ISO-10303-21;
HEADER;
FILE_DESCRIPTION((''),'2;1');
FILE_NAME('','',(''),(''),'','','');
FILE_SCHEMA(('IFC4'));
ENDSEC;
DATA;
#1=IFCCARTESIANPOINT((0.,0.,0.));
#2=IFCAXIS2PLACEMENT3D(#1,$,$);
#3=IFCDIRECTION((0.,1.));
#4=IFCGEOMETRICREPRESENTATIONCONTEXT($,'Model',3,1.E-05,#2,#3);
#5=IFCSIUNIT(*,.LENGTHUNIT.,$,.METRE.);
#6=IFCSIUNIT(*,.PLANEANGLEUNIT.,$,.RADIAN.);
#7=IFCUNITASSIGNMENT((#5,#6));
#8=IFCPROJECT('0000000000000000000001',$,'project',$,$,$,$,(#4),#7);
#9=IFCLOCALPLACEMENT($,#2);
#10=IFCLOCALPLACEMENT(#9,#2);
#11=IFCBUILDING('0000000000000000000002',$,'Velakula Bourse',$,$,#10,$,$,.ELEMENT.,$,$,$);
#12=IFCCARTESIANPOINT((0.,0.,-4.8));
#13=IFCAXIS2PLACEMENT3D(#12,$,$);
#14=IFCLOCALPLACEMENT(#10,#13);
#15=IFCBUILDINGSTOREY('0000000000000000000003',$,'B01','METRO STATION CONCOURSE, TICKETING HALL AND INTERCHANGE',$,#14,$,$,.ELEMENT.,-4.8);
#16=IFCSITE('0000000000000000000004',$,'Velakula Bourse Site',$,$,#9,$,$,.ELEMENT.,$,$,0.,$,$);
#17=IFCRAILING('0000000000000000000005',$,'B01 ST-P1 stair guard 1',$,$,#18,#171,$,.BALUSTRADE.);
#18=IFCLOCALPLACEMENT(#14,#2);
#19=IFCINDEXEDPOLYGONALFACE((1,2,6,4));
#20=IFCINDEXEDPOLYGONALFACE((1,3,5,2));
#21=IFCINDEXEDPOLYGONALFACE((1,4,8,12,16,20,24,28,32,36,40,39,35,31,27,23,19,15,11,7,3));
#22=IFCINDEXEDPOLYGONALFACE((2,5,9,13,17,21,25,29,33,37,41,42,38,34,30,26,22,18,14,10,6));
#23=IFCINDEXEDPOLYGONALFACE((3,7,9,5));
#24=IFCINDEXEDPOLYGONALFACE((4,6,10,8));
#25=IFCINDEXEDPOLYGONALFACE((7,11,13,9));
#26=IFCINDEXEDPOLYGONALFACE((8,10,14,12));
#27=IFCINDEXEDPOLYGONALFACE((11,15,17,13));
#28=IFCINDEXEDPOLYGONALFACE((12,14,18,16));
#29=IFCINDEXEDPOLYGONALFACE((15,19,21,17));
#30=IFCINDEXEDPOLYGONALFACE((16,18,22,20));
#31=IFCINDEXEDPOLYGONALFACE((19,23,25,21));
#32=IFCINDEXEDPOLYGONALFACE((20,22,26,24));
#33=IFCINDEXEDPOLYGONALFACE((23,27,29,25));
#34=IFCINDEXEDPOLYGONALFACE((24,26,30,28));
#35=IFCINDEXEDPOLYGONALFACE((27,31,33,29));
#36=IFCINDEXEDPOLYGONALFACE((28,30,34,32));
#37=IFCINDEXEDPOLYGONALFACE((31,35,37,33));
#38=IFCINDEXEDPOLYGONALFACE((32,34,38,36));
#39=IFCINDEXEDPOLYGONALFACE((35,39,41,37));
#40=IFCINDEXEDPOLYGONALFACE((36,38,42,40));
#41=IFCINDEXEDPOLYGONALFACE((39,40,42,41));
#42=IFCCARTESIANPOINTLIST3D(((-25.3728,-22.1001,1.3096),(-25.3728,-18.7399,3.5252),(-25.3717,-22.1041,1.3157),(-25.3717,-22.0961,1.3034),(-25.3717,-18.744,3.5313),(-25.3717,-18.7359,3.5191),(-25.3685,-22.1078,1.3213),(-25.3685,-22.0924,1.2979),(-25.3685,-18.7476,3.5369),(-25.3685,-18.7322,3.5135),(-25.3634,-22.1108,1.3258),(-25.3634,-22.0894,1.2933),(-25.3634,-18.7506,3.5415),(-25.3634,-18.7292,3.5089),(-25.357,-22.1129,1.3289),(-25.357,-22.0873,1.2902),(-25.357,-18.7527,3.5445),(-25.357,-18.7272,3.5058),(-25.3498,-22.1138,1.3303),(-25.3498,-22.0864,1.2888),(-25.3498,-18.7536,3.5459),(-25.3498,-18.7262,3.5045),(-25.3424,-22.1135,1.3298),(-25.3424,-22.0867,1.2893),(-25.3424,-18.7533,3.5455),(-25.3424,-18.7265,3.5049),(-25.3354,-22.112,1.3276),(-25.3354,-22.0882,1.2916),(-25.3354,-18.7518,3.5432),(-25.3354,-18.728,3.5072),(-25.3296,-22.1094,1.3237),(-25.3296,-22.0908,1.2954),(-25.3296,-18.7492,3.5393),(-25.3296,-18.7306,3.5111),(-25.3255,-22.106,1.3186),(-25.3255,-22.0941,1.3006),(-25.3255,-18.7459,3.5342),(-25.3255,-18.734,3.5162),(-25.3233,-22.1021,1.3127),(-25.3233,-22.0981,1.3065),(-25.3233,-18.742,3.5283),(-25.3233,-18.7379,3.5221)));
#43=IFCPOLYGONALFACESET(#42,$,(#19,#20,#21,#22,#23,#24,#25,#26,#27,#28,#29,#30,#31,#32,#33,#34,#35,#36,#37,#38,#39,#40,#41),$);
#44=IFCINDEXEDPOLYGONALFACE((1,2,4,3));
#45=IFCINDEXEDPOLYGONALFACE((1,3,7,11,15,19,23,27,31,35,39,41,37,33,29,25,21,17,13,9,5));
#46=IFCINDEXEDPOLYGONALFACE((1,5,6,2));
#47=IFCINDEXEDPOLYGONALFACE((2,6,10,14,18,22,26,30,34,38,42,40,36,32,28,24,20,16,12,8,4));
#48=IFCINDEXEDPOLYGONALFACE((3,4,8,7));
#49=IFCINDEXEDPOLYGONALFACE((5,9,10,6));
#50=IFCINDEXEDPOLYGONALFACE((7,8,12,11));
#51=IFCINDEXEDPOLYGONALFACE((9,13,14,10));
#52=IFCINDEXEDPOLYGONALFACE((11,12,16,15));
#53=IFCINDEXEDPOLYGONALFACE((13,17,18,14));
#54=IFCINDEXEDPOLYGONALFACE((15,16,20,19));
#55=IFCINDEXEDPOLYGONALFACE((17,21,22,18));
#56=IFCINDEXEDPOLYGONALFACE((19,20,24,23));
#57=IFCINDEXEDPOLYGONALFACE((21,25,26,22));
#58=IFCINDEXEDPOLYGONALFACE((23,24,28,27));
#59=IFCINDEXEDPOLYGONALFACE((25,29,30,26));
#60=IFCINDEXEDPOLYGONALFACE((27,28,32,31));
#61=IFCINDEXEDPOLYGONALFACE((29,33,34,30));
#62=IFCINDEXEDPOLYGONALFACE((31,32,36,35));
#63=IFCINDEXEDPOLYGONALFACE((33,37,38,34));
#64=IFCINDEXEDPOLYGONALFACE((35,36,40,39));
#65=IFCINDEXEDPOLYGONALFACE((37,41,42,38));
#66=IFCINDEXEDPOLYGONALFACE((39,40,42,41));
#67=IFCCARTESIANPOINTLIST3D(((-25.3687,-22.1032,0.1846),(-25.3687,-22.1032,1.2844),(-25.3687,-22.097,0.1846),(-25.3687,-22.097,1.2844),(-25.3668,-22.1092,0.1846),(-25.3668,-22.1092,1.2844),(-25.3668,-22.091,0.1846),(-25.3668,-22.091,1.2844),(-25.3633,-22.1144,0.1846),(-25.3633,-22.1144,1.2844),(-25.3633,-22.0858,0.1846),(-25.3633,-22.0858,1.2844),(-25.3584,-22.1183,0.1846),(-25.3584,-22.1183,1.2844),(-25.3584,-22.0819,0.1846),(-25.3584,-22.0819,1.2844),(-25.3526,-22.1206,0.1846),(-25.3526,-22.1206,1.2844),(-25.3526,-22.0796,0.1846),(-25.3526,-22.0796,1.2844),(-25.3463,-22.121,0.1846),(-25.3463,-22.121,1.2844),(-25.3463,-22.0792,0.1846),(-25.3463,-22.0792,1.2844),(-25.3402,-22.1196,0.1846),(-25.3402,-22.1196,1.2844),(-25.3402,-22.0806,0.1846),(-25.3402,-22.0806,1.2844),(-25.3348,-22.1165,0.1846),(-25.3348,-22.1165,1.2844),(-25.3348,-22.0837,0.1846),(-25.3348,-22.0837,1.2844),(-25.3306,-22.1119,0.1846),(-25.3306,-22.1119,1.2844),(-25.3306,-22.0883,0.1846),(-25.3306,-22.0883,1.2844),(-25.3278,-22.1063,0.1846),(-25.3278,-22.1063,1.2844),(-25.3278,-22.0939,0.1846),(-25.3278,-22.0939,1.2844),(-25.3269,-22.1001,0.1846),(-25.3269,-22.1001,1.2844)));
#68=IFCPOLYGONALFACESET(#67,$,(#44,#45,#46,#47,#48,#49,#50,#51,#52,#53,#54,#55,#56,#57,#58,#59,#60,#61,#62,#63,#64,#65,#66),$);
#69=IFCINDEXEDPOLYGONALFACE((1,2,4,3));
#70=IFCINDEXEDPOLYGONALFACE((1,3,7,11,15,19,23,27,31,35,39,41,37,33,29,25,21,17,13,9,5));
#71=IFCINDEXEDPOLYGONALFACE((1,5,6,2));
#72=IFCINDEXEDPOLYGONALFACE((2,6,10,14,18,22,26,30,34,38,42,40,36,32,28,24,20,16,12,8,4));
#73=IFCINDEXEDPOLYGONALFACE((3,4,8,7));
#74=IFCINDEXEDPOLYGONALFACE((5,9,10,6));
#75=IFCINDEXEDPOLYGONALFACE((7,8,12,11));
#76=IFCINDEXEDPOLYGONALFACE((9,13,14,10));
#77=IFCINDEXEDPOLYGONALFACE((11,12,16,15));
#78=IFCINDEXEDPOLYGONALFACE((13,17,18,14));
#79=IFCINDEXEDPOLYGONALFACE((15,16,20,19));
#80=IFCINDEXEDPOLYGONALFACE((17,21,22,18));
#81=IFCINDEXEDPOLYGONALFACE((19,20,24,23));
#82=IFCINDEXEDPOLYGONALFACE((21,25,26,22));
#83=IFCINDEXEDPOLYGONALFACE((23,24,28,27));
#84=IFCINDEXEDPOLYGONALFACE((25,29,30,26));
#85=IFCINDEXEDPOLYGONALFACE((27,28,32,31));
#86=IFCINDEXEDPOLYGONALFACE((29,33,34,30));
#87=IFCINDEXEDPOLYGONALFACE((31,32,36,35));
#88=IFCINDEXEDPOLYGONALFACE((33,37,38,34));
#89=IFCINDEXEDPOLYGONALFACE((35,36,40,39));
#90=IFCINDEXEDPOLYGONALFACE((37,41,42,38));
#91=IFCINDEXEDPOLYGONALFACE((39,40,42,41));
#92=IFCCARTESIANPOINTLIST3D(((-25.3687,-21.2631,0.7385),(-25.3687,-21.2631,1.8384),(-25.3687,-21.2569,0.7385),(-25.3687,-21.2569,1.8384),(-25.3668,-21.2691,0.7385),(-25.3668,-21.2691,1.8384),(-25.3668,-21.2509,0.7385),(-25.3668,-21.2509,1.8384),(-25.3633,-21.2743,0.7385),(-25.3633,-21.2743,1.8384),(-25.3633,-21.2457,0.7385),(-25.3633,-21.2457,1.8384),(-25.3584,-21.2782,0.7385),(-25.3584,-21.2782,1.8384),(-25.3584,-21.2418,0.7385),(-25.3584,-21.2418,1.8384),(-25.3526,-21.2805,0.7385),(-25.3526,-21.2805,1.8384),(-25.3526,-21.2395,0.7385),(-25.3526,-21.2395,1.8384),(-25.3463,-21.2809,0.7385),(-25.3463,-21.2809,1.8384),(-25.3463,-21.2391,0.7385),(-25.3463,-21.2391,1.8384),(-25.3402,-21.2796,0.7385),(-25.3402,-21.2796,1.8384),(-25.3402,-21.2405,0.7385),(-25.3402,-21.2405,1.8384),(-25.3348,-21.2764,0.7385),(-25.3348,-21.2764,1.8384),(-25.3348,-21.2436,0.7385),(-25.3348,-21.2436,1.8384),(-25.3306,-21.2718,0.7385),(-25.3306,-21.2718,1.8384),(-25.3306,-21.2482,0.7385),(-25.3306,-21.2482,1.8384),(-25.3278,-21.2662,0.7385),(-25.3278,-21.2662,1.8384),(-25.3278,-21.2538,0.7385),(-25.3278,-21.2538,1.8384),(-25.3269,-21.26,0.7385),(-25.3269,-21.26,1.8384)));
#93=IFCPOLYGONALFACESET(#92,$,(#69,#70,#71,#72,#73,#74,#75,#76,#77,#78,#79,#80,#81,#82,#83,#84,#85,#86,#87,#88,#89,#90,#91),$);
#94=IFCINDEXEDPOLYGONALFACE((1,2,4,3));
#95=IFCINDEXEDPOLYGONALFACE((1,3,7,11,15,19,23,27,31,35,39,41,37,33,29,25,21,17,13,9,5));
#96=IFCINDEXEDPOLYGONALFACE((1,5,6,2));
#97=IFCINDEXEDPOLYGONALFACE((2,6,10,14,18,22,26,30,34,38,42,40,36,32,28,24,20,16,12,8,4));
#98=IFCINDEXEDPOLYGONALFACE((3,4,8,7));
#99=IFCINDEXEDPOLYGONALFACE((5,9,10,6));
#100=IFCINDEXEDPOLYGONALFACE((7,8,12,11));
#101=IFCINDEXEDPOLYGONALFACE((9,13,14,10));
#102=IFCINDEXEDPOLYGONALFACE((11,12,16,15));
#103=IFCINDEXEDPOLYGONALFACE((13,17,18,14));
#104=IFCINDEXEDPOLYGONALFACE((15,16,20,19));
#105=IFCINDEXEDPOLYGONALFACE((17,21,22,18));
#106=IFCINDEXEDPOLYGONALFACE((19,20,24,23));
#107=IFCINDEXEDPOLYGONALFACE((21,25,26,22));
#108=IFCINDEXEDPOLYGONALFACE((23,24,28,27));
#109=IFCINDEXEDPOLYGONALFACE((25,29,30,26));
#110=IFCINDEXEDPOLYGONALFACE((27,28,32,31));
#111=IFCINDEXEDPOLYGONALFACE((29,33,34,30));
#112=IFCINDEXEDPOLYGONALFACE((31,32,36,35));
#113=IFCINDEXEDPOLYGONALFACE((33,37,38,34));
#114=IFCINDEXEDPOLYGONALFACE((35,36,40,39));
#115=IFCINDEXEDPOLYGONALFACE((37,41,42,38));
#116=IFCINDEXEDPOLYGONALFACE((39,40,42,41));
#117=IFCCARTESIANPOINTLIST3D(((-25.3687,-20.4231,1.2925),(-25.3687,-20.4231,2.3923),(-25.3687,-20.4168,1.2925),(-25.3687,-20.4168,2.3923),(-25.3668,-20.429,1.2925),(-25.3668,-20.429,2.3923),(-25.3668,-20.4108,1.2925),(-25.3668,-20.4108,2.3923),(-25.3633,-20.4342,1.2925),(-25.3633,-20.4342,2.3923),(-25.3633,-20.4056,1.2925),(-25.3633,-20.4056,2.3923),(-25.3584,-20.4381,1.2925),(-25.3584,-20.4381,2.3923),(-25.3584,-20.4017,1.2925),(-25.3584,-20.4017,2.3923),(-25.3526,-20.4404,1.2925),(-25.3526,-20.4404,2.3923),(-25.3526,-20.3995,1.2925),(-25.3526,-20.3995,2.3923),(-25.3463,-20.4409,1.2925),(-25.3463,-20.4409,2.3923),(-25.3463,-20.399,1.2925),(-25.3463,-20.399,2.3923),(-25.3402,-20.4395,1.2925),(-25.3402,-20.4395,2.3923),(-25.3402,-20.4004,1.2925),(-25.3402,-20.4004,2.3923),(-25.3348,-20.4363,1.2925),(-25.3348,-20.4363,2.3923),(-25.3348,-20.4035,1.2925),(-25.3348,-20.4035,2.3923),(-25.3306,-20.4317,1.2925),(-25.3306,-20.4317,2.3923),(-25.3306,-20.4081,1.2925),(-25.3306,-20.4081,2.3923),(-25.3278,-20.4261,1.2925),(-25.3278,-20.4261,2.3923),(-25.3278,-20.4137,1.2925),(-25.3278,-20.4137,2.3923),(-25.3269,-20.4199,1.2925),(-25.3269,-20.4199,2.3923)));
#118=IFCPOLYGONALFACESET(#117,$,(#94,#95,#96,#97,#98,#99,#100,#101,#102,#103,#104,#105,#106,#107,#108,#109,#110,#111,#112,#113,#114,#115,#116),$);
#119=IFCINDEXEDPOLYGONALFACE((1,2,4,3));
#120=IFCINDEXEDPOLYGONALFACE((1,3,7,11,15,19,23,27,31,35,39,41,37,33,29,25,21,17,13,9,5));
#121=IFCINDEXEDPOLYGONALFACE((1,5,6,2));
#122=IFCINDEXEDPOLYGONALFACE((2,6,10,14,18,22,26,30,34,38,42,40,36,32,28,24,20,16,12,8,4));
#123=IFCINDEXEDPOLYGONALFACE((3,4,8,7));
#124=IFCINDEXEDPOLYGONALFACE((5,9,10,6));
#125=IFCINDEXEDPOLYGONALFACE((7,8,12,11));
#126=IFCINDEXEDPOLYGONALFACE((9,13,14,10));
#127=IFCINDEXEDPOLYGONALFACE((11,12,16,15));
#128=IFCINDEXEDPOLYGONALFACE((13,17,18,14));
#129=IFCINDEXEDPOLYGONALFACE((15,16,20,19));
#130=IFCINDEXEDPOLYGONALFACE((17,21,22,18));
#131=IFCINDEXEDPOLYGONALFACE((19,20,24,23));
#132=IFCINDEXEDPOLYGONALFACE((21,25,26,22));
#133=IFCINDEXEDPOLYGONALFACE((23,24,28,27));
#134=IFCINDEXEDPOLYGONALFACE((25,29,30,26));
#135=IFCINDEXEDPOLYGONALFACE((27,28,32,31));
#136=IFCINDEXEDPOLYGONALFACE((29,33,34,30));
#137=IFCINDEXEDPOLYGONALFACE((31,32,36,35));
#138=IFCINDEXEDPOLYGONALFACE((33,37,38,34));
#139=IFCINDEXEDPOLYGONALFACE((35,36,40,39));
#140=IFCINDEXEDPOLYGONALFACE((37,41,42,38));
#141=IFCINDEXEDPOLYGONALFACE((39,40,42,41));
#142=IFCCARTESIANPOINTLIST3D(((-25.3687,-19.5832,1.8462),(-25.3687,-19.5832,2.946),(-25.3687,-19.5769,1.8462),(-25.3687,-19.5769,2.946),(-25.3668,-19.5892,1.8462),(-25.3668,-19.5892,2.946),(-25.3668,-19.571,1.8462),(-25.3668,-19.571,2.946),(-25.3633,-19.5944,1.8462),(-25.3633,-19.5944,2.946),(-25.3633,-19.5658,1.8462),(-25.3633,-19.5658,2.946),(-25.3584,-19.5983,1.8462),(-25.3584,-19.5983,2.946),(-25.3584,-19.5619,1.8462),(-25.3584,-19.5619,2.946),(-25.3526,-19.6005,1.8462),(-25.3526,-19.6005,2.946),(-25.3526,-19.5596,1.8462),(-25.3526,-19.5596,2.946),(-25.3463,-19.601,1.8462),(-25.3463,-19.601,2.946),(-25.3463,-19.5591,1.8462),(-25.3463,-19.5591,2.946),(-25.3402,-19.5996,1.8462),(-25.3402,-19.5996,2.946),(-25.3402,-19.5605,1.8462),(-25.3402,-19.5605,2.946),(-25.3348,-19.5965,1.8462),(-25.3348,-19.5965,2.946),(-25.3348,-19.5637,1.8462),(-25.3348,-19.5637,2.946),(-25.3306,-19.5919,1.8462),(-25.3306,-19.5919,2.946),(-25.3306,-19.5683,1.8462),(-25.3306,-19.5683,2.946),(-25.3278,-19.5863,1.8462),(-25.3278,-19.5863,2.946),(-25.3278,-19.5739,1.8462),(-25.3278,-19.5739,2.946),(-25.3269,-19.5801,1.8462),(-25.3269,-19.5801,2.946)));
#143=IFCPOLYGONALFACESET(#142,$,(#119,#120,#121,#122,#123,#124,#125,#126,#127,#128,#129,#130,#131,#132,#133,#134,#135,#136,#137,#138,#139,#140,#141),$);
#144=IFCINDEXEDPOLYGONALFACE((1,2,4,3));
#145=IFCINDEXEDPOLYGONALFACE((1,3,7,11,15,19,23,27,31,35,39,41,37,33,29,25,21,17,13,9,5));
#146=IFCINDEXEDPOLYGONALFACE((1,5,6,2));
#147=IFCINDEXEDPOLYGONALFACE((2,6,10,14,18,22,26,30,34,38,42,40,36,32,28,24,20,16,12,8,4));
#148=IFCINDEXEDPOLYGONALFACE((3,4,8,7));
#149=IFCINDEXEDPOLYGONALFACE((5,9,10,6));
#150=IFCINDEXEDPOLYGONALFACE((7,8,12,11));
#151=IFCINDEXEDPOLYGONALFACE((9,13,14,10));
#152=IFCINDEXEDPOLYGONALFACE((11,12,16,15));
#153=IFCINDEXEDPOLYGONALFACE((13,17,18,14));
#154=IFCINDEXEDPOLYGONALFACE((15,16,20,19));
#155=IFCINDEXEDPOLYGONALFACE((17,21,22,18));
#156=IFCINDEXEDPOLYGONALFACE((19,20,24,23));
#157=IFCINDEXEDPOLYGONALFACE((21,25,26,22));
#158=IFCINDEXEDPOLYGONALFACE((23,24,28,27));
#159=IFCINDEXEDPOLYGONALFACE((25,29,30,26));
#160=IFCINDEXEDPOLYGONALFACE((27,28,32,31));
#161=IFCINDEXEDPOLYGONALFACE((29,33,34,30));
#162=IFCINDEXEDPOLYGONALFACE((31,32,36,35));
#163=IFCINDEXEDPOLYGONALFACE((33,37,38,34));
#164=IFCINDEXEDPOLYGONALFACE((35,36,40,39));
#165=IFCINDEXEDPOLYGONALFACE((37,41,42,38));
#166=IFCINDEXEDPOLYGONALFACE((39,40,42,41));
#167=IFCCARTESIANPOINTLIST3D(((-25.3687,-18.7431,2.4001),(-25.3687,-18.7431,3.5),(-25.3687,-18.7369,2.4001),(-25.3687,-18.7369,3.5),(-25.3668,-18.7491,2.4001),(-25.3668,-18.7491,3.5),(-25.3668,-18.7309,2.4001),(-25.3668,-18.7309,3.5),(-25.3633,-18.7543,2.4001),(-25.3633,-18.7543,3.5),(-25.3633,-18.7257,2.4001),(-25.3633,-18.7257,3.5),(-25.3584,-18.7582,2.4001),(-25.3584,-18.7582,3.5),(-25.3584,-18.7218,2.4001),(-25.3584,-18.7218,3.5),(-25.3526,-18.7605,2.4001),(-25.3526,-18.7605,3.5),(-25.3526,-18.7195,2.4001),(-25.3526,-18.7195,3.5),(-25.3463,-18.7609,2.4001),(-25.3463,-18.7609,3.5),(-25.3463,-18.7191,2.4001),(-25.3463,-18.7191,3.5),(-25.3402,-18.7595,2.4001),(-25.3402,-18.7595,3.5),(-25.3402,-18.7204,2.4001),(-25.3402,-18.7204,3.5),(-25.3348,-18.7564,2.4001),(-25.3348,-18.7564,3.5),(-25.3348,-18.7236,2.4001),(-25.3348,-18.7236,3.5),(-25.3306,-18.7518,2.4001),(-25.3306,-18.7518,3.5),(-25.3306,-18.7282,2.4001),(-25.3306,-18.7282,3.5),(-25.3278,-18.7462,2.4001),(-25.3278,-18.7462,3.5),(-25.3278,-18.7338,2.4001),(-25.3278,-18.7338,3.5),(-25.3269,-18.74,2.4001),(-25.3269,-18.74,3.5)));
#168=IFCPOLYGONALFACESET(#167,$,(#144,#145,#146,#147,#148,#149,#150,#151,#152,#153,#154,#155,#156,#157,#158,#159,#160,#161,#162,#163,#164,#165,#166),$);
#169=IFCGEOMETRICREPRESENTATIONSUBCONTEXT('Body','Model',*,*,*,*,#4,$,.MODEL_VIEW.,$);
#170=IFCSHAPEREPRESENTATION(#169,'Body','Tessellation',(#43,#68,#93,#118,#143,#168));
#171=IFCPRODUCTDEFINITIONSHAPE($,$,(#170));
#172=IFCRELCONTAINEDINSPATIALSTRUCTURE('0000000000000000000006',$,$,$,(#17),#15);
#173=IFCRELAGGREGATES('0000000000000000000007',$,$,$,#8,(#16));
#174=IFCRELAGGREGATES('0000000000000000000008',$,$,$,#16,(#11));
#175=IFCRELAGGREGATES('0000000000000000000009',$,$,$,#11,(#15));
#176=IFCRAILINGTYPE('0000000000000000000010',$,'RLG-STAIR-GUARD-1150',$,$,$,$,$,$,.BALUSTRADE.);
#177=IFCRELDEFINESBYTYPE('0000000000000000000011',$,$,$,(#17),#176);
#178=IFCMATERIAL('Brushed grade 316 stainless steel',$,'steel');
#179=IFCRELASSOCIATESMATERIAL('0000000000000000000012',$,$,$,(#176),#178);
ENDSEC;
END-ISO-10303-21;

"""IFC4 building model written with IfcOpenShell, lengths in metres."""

from ifc_helpers import new_model, si_unit, direction, frame, origin, origin_2d, place, context, subcontext, project, spatial, circle, extrude, material, type_object, element, save


model = new_model("IFC4")

# Units and contexts
model_context = context("Model", 3, precision=1e-05, world=origin(), true_north=direction((0.0, 1.0)))
body_context = subcontext(model_context, "Body", "Model", "MODEL_VIEW")
ifc_project = project(units=[si_unit("LENGTHUNIT", "METRE"), si_unit("PLANEANGLEUNIT", "RADIAN")], contexts=[model_context])

# Site, building, storey
site_placement = place(None, origin())
site = spatial("IfcSite", under=ifc_project, at=site_placement, Name="Velakula Bourse Site", CompositionType="ELEMENT", RefElevation=0.0)
building_placement = place(site_placement, origin())
building = spatial("IfcBuilding", under=site, at=building_placement, Name="Velakula Bourse", CompositionType="ELEMENT")
storey_placement = place(building_placement, frame((0.0, 0.0, -4.8)))
storey = spatial("IfcBuildingStorey", under=building, at=storey_placement, Name="B01", Description="METRO STATION CONCOURSE, TICKETING HALL AND INTERCHANGE", CompositionType="ELEMENT", Elevation=-4.8)

# Railing
ifc_material_1 = material(Name="Brushed grade 316 stainless steel", Category="steel")
railing_type = type_object("IfcRailingType", Name="RLG-STAIR-GUARD-1150", PredefinedType="BALUSTRADE", material=ifc_material_1)
railing_1_placement = place(storey_placement, frame((-25.3479, -22.1001, 0.1846)))
element("IfcRailing", 1, at=railing_1_placement, inside=storey, type_object=railing_type, Name="B01 ST-P1 stair guard 1", PredefinedType="BALUSTRADE", context=body_context, shape_type="SweptSolid", body=[
    extrude(circle(Radius=0.0249, at=origin_2d()), frame((0.0, 0.0, 1.125), z_axis=(0.0, 0.834849, 0.55048), x_axis=(-1.0, 0.0, 0.0)), (0.0, 0.0, 1.0), 4.0249),
    extrude(circle(Radius=0.021, at=origin_2d()), origin(), (0.0, 0.0, 1.0), 1.0999),
    extrude(circle(Radius=0.021, at=origin_2d()), frame((0.0, 0.8401, 0.554)), (0.0, 0.0, 1.0), 1.0999),
    extrude(circle(Radius=0.021, at=origin_2d()), frame((0.0, 1.6802, 1.1079)), (0.0, 0.0, 1.0), 1.0999),
    extrude(circle(Radius=0.021, at=origin_2d()), frame((0.0, 2.52, 1.6616)), (0.0, 0.0, 1.0), 1.0999),
    extrude(circle(Radius=0.021, at=origin_2d()), frame((0.0, 3.3601, 2.2156)), (0.0, 0.0, 1.0), 1.0999),
])

save(model, "model.ifc")
